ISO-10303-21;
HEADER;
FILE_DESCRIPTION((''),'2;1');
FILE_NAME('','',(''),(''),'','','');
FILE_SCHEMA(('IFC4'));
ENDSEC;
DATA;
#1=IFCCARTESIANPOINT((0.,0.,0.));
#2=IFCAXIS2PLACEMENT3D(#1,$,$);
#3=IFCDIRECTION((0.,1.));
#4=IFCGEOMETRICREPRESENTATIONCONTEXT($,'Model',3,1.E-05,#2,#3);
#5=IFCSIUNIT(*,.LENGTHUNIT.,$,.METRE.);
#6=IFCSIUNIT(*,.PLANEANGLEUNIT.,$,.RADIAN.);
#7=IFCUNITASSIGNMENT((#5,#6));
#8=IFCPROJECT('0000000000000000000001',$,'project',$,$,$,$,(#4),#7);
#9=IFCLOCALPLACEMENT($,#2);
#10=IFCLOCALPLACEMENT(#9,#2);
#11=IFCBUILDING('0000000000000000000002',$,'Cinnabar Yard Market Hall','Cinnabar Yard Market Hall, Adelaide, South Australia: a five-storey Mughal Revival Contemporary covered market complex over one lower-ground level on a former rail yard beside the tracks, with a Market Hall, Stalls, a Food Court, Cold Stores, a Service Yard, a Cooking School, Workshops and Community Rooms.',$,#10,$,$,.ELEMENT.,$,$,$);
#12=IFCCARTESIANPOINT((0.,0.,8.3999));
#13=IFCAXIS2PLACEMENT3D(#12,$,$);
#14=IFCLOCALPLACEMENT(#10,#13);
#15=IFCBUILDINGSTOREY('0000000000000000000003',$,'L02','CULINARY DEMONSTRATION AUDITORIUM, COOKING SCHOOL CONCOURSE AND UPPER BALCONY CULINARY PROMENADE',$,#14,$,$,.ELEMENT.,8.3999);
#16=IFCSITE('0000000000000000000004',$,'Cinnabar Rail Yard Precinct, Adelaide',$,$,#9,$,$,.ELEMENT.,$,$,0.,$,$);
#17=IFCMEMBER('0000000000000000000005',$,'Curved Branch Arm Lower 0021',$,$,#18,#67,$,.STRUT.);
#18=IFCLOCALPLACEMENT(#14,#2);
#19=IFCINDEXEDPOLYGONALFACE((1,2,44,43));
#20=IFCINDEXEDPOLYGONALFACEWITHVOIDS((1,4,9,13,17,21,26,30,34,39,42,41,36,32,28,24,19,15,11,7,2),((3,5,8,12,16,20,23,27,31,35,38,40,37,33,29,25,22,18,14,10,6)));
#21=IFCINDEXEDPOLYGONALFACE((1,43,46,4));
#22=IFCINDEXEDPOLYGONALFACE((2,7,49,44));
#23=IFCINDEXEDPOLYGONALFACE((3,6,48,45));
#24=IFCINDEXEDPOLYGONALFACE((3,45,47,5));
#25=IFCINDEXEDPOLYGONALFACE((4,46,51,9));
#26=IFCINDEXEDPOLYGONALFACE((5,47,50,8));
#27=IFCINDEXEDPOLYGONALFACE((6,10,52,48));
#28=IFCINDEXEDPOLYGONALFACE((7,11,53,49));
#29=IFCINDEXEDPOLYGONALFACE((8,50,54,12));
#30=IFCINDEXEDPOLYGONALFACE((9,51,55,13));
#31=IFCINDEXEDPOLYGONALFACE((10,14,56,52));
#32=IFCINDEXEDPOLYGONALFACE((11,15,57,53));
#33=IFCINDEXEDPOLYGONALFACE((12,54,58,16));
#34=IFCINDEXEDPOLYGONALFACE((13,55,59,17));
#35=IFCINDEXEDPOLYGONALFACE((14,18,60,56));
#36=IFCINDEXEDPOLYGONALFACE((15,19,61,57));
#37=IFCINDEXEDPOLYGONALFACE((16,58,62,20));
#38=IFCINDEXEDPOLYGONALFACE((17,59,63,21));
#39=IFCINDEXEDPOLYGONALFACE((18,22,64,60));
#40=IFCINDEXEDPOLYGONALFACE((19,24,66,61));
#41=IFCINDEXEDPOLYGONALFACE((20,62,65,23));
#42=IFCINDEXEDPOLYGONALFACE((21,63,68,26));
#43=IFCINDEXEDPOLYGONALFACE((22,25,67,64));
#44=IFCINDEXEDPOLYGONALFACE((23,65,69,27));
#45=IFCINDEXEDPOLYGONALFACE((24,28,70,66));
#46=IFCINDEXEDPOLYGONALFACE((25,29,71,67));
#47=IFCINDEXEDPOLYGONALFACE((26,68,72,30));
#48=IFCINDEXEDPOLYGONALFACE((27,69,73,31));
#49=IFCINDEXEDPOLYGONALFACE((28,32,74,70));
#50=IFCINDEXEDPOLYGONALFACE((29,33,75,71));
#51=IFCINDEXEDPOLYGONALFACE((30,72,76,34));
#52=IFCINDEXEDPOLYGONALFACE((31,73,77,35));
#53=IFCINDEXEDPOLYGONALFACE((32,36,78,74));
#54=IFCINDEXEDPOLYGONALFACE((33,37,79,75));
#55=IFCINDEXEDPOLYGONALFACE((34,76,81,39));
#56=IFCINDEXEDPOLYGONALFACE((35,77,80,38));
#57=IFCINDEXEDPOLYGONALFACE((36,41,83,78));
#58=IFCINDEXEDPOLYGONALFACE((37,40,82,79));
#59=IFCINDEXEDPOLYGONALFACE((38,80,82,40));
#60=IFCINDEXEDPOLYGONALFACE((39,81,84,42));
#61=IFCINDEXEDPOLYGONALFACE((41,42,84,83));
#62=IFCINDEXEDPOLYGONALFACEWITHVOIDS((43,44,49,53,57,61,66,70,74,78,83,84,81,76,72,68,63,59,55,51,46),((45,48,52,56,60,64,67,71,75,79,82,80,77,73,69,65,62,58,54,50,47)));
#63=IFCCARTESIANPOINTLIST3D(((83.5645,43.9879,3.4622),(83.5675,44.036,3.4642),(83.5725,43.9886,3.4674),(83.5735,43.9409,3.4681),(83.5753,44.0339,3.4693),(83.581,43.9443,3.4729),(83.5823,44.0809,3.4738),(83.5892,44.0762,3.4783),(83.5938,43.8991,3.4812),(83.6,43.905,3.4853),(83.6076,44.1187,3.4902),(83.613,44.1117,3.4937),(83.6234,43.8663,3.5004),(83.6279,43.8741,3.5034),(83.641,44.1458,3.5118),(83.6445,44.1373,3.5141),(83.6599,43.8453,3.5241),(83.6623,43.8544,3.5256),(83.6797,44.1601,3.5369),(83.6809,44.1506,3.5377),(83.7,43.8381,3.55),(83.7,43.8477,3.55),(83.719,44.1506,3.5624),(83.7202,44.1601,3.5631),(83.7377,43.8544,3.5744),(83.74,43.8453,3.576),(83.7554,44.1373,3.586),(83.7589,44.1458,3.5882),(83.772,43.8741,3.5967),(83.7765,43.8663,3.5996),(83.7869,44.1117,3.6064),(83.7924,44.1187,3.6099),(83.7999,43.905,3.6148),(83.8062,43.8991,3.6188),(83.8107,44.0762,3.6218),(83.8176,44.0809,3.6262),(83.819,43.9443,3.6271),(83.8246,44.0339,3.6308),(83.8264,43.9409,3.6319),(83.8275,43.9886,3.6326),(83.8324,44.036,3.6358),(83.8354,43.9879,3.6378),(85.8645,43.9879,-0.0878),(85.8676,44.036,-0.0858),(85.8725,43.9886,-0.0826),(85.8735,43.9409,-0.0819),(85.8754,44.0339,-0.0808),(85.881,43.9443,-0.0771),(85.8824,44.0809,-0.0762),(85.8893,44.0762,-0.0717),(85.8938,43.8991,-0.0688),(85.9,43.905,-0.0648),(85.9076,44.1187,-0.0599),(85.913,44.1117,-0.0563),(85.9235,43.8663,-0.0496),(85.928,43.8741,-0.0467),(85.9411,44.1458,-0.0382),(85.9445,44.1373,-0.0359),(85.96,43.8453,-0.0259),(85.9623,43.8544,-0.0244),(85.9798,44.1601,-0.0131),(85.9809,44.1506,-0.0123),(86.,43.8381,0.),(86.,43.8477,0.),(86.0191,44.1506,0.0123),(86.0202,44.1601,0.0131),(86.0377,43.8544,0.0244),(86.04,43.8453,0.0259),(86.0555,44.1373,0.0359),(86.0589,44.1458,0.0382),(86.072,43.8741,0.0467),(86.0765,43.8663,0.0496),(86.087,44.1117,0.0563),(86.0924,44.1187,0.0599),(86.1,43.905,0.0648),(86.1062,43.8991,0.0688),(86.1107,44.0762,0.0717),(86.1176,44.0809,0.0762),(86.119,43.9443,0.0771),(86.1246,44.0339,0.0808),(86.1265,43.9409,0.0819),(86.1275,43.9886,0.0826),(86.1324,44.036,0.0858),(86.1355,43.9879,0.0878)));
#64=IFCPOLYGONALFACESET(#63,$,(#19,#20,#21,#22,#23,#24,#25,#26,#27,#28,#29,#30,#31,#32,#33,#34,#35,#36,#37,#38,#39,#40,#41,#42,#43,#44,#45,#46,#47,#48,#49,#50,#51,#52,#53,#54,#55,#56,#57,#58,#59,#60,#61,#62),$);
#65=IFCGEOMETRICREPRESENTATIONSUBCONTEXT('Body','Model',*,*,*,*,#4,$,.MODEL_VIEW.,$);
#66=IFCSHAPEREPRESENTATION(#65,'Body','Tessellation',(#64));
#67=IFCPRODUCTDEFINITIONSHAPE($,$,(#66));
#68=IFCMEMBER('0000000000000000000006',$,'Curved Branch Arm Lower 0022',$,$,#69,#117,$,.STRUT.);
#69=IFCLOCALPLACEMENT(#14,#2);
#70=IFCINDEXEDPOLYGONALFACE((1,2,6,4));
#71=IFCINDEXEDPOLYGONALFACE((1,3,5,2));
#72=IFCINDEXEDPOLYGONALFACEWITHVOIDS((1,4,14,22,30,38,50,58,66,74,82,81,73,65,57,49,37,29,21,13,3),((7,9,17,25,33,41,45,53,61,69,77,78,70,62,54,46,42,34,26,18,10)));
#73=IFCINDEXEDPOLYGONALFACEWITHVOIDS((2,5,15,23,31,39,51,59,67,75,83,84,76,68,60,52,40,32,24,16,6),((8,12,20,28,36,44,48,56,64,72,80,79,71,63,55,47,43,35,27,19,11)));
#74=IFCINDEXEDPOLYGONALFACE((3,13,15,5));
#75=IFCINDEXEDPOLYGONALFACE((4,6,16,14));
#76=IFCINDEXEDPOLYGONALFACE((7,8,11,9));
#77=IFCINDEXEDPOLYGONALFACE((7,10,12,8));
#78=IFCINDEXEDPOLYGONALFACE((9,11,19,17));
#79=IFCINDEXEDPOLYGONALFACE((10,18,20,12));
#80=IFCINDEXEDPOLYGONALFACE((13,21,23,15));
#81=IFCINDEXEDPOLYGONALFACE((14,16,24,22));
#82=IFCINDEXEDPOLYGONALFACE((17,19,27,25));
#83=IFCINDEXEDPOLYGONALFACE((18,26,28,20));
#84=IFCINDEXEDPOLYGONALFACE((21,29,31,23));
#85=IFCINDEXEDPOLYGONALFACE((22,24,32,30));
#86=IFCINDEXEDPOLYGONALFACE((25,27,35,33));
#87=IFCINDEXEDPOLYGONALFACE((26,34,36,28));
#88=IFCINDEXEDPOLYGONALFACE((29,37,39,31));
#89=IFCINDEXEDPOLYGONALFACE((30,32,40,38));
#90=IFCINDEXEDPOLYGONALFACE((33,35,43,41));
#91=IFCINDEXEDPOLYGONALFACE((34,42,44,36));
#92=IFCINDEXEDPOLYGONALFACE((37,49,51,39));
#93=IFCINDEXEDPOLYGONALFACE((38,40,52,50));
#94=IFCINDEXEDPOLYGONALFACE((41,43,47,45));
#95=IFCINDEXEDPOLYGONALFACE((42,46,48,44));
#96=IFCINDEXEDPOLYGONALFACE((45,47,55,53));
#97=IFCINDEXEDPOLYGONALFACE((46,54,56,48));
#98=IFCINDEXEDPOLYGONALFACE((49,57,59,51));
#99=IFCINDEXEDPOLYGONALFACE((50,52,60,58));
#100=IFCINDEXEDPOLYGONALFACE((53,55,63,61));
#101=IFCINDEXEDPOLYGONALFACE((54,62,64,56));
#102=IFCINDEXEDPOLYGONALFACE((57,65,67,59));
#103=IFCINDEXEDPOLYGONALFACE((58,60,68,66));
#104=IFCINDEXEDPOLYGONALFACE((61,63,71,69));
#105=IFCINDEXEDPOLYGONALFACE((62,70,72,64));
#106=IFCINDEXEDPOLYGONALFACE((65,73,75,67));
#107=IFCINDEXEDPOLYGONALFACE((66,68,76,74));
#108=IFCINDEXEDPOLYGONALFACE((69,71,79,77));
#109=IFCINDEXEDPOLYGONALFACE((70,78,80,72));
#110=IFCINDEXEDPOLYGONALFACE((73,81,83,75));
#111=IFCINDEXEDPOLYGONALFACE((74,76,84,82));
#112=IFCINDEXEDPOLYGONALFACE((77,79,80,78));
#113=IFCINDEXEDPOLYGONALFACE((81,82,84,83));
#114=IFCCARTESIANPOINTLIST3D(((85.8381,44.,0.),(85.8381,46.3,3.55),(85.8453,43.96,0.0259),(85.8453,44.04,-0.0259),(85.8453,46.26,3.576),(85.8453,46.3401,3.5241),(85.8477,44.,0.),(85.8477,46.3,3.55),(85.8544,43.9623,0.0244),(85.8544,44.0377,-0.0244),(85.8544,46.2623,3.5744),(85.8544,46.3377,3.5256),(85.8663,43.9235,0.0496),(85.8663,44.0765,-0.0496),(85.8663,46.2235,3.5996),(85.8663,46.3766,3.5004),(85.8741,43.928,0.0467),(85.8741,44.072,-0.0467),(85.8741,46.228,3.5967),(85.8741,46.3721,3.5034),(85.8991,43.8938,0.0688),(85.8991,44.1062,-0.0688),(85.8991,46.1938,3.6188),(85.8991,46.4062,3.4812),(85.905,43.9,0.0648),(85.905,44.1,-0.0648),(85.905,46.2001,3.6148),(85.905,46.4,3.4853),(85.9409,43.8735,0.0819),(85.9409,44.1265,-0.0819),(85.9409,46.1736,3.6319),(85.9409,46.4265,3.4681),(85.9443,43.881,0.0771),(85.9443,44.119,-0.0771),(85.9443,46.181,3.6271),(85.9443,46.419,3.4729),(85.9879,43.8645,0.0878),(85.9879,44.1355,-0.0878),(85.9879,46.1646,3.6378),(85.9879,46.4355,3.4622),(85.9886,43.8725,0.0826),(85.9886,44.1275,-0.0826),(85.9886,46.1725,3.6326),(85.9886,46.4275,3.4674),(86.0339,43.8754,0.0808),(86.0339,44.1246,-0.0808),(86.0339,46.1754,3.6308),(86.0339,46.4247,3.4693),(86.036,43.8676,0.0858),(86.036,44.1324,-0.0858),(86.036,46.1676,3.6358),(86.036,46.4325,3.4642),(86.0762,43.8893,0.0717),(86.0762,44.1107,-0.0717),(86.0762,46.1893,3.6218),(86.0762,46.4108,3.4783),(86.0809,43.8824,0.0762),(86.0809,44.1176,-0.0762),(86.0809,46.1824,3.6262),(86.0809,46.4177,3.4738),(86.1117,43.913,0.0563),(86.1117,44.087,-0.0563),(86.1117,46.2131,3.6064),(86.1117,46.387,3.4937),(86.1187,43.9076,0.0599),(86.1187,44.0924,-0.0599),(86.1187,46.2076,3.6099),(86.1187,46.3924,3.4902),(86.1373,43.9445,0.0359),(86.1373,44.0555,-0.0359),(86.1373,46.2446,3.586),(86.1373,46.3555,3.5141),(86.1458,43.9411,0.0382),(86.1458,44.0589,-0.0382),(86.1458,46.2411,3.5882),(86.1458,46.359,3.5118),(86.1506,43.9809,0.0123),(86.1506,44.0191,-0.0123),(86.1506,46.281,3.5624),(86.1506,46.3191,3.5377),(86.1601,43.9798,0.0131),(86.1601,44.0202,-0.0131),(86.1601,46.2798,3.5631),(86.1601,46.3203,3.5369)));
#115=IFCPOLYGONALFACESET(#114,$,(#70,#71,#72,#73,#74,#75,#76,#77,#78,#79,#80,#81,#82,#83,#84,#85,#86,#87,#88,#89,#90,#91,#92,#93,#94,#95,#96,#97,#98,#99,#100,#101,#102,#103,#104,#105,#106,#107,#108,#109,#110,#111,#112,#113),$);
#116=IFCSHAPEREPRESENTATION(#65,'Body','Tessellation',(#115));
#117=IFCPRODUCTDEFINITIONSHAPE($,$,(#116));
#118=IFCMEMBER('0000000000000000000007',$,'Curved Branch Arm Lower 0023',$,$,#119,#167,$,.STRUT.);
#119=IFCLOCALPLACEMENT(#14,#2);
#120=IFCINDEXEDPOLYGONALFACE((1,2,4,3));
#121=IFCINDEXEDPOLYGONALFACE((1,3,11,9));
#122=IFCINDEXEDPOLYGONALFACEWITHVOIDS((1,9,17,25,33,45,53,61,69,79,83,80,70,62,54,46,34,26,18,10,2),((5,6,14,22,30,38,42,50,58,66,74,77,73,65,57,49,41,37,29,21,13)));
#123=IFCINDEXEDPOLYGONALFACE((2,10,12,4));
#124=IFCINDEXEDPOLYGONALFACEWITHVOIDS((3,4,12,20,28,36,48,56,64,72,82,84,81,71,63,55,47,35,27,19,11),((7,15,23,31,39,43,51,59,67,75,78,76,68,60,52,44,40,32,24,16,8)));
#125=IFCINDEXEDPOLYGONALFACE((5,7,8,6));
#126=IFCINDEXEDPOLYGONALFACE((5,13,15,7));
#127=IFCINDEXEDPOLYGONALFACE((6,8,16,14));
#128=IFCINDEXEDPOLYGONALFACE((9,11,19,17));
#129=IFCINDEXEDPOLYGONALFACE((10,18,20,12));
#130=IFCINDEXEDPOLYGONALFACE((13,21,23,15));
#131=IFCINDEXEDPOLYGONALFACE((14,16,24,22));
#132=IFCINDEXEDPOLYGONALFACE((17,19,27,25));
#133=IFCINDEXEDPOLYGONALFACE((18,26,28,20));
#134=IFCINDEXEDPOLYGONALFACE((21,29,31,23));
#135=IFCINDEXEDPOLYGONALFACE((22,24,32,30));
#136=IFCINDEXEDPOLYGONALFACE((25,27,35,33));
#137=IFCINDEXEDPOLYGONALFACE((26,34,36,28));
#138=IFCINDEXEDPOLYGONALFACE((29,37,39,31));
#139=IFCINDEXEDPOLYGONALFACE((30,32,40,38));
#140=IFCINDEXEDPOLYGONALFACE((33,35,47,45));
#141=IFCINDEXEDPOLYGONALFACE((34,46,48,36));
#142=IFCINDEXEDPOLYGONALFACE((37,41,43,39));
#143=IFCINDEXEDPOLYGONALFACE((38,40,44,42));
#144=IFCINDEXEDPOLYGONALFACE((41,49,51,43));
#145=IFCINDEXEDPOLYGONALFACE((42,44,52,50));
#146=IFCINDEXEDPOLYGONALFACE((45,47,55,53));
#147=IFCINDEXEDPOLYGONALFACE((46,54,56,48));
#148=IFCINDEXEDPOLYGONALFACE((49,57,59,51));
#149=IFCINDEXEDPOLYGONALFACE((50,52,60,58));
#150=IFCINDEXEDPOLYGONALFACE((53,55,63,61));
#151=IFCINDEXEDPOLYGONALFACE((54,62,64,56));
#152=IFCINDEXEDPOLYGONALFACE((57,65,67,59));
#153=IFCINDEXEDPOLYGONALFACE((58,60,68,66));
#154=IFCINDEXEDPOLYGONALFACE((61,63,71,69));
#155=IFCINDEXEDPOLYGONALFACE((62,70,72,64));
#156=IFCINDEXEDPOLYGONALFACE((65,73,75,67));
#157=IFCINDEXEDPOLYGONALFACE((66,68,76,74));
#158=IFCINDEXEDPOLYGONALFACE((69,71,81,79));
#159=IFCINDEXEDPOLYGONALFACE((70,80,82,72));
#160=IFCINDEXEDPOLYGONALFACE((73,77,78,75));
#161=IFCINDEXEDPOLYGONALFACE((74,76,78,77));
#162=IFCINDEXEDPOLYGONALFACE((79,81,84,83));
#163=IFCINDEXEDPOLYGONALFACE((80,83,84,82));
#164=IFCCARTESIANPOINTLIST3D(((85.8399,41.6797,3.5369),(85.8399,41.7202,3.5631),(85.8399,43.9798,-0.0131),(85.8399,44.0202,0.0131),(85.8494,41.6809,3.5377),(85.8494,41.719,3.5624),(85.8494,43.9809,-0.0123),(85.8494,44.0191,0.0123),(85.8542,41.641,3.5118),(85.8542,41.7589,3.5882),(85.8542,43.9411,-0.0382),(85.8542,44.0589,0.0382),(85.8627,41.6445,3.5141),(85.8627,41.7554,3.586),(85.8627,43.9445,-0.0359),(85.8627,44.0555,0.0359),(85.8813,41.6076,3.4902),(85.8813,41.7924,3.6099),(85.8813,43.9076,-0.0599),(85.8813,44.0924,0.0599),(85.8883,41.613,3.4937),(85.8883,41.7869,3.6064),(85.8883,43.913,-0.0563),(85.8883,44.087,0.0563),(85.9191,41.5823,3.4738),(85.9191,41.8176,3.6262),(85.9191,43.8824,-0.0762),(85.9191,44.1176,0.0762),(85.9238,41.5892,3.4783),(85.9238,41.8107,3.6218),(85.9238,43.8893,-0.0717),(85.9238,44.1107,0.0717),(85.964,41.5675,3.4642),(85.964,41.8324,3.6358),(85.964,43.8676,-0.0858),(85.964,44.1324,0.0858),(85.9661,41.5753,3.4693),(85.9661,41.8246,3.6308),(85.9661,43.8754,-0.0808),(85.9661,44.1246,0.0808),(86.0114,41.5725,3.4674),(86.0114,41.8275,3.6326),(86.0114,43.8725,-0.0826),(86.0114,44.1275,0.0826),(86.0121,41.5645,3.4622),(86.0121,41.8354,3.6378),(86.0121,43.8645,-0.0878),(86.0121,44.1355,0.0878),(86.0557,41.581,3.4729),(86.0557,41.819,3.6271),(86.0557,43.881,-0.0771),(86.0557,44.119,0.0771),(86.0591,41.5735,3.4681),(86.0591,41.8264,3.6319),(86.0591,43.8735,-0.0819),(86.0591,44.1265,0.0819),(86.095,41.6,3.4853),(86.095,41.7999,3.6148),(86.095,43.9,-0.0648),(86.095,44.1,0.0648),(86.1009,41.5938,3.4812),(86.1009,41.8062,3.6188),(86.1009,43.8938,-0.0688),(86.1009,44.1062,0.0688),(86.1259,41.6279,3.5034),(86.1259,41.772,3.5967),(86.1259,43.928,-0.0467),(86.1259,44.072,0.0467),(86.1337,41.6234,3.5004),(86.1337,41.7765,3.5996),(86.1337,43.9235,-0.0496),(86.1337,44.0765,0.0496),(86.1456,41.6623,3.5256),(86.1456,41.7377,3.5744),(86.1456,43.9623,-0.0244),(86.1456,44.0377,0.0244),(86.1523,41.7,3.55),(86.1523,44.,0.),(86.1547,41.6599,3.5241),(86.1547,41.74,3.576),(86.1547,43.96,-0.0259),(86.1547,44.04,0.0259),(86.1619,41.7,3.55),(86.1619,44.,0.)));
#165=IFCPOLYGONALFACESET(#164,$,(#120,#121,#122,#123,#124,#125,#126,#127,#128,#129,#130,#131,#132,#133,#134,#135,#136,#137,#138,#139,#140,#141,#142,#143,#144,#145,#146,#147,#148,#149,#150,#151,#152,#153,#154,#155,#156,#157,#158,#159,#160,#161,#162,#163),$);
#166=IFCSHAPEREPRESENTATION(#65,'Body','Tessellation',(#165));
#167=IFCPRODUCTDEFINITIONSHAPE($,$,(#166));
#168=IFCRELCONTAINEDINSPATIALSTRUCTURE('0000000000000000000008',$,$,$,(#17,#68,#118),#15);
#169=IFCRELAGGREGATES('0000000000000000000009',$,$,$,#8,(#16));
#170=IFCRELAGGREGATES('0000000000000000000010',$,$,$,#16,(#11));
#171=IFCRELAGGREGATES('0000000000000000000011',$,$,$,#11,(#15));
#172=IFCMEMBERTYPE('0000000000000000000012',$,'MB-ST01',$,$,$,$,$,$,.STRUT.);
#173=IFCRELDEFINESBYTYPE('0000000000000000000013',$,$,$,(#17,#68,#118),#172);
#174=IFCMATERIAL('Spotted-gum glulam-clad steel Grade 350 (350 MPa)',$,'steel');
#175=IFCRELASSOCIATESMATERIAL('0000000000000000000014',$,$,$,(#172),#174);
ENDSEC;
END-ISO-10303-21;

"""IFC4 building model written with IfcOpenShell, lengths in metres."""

from ifc_helpers import new_model, si_unit, direction, frame, origin, origin_2d_with_axis, place, context, subcontext, project, spatial, hollow_circle, extrude, material, material_profile, profile_set, type_object, element, save


model = new_model("IFC4")

# Units and contexts
model_context = context("Model", 3, precision=1e-05, world=origin(), true_north=direction((0.0, 1.0)))
body_context = subcontext(model_context, "Body", "Model", "MODEL_VIEW")
ifc_project = project(units=[si_unit("LENGTHUNIT", "METRE"), si_unit("PLANEANGLEUNIT", "RADIAN")], contexts=[model_context])

# Site, building, storey
site_placement = place(None, origin())
site = spatial("IfcSite", under=ifc_project, at=site_placement, Name="Cinnabar Rail Yard Precinct, Adelaide", CompositionType="ELEMENT", RefElevation=0.0)
building_placement = place(site_placement, origin())
building = spatial("IfcBuilding", under=site, at=building_placement, Name="Cinnabar Yard Market Hall", Description="Cinnabar Yard Market Hall, Adelaide, South Australia: a five-storey Mughal Revival Contemporary covered market complex over one lower-ground level on a former rail yard beside the tracks, with a Market Hall, Stalls, a Food Court, Cold Stores, a Service Yard, a Cooking School, Workshops and Community Rooms.", CompositionType="ELEMENT")
storey_placement = place(building_placement, frame((0.0, 0.0, 8.3999)))
storey = spatial("IfcBuildingStorey", under=building, at=storey_placement, Name="L02", Description="CULINARY DEMONSTRATION AUDITORIUM, COOKING SCHOOL CONCOURSE AND UPPER BALCONY CULINARY PROMENADE", CompositionType="ELEMENT", Elevation=8.3999)

# Shared definitions
ifc_material_1 = material(Name="Spotted-gum glulam-clad steel Grade 350 (350 MPa)", Category="steel")

# Members
ifc_material_profile_1 = material_profile(ifc_material_1, hollow_circle(Radius=0.1619, WallThickness=0.0095, at=origin_2d_with_axis()), Name="323.9x9.5CHS")
ifc_profile_set_1 = profile_set([ifc_material_profile_1], Name="Spotted-gum glulam-clad steel Grade 350 (350 MPa)")
member_type_1 = type_object("IfcMemberType", Name="MB-ST01", PredefinedType="STRUT", material=ifc_profile_set_1)
for number, where, z_axis, x_axis, name in (
    (1, (86.0, 44.0, 0.0), (-0.543744, 0.0, 0.839251), (0.0, -1.0, 0.0), "Curved Branch Arm Lower 0021"),
    (2, (86.0, 44.0, 0.0), (0.0, 0.543744, 0.839251), (-1.0, 0.0, 0.0), "Curved Branch Arm Lower 0022"),
    (3, (86.0, 44.0, 0.0), (0.0, -0.543744, 0.839251), (1.0, 0.0, 0.0), "Curved Branch Arm Lower 0023"),
):
    element("IfcMember", number, at=place(storey_placement, frame(where, z_axis=z_axis, x_axis=x_axis)), inside=storey, type_object=member_type_1, Name=name, PredefinedType="STRUT", context=body_context, shape_type="SweptSolid", body=[
        extrude(hollow_circle(Radius=0.1619, WallThickness=0.0095, at=origin_2d_with_axis()), origin(), (0.0, 0.0, 1.0), 4.23),
    ])

save(model, "model.ifc")
